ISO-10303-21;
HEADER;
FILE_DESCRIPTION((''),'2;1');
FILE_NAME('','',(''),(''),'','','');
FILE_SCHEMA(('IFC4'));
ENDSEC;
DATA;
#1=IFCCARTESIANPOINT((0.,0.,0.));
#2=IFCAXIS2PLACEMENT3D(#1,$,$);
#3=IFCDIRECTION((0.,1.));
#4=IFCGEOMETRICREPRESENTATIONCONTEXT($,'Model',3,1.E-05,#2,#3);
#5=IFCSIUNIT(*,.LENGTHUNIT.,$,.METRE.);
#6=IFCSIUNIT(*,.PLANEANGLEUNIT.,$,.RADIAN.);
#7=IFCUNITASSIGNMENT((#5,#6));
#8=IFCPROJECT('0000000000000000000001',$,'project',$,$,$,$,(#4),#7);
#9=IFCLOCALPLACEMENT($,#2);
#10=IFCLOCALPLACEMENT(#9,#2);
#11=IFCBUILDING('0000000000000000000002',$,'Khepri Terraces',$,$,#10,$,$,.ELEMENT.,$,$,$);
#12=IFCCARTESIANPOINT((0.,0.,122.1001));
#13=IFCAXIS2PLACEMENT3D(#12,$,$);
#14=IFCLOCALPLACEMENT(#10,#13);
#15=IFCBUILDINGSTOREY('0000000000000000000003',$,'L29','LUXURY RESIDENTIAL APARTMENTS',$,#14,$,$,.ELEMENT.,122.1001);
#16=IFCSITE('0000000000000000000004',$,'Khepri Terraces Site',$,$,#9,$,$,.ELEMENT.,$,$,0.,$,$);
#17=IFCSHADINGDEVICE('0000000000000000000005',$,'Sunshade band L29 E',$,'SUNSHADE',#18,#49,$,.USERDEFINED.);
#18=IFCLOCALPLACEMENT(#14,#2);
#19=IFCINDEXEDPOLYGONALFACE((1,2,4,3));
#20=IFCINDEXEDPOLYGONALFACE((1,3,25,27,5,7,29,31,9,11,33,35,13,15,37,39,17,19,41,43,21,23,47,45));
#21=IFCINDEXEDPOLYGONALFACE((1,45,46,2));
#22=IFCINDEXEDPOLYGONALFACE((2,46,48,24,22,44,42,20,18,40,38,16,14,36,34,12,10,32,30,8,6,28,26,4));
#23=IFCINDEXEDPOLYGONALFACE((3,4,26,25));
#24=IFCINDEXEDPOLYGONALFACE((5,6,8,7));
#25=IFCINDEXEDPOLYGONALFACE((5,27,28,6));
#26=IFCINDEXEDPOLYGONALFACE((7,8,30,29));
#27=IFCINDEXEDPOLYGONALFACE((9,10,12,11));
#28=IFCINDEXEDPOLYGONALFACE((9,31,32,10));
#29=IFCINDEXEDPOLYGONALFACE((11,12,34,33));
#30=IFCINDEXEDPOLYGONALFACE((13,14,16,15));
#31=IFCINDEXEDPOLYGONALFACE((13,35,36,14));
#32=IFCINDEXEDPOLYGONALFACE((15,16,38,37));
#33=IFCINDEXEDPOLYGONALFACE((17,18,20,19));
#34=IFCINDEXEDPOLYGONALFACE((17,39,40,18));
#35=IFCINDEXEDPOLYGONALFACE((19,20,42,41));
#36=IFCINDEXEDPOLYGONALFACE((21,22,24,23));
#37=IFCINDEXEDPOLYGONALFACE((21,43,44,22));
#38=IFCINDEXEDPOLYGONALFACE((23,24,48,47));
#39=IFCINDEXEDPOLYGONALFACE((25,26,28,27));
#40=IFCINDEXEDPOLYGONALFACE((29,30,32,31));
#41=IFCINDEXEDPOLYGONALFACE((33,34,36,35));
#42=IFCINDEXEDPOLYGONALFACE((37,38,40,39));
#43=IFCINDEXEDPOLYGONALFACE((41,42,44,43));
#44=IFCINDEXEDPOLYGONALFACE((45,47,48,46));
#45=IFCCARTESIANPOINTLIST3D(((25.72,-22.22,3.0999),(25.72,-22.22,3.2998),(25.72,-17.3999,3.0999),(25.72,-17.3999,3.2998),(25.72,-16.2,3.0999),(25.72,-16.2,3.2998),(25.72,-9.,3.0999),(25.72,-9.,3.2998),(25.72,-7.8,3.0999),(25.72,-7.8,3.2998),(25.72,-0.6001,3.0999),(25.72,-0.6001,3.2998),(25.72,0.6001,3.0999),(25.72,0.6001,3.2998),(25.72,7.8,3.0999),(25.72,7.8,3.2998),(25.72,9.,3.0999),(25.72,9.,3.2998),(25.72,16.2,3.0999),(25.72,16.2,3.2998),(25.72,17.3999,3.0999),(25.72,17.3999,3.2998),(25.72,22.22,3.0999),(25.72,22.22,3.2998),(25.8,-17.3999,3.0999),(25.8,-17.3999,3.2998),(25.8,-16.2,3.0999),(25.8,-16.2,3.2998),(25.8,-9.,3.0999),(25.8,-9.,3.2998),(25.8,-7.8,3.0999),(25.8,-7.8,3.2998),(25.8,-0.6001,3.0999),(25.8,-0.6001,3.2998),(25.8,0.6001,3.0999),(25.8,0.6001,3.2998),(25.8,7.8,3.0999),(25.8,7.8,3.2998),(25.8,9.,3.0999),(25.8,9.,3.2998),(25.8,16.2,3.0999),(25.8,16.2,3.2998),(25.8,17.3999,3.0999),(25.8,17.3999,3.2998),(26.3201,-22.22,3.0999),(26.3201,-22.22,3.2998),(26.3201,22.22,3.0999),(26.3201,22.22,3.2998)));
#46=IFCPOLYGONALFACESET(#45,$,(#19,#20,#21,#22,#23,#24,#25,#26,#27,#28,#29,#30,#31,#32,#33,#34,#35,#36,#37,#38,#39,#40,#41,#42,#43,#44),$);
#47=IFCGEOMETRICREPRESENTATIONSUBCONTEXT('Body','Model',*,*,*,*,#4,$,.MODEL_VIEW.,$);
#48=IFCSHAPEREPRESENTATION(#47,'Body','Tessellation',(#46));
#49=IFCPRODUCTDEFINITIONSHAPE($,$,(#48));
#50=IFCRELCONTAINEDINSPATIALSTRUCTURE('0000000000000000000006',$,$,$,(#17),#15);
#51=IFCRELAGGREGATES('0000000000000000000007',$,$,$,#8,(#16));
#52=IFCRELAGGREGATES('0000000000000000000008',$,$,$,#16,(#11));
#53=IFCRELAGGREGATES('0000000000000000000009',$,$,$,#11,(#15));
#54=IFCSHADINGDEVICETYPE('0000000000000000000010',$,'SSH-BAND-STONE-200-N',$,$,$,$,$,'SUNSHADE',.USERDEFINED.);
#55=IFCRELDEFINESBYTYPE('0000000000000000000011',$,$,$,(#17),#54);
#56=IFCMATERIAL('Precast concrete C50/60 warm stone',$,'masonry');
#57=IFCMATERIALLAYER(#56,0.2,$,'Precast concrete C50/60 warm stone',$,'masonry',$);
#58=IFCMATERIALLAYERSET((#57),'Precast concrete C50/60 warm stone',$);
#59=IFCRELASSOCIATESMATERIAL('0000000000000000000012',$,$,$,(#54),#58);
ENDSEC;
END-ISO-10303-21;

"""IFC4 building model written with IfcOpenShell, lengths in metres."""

from ifc_helpers import new_model, si_unit, direction, frame, origin, place, context, subcontext, project, spatial, polyline, outline, extrude, material, layer, layer_set, type_object, element, save


model = new_model("IFC4")

# Units and contexts
model_context = context("Model", 3, precision=1e-05, world=origin(), true_north=direction((0.0, 1.0)))
body_context = subcontext(model_context, "Body", "Model", "MODEL_VIEW")
ifc_project = project(units=[si_unit("LENGTHUNIT", "METRE"), si_unit("PLANEANGLEUNIT", "RADIAN")], contexts=[model_context])

# Site, building, storey
site_placement = place(None, origin())
site = spatial("IfcSite", under=ifc_project, at=site_placement, Name="Khepri Terraces Site", CompositionType="ELEMENT", RefElevation=0.0)
building_placement = place(site_placement, origin())
building = spatial("IfcBuilding", under=site, at=building_placement, Name="Khepri Terraces", CompositionType="ELEMENT")
storey_placement = place(building_placement, frame((0.0, 0.0, 122.1001)))
storey = spatial("IfcBuildingStorey", under=building, at=storey_placement, Name="L29", Description="LUXURY RESIDENTIAL APARTMENTS", CompositionType="ELEMENT", Elevation=122.1001)

# Shared definitions
ifc_material_1 = material(Name="Precast concrete C50/60 warm stone", Category="masonry")

# Shading device
ifc_layer_1 = layer(ifc_material_1, 0.2, Name="Precast concrete C50/60 warm stone", Category="masonry")
ifc_layer_set_1 = layer_set([ifc_layer_1], Name="Precast concrete C50/60 warm stone")
shading_device_type_1 = type_object("IfcShadingDeviceType", Name="SSH-BAND-STONE-200-N", ElementType="SUNSHADE", PredefinedType="USERDEFINED", material=ifc_layer_set_1)
shading_device_1_placement = place(storey_placement, frame((0.0, 0.0, 3.0999)))
element("IfcShadingDevice", 1, at=shading_device_1_placement, inside=storey, type_object=shading_device_type_1, Name="Sunshade band L29 E", ObjectType="SUNSHADE", PredefinedType="USERDEFINED", context=body_context, shape_type="SweptSolid", body=[
    extrude(outline(polyline([(25.72, -17.3999), (25.72, -22.22), (26.3201, -22.22), (26.3201, 22.22), (25.72, 22.22), (25.72, 17.3999), (25.8, 17.3999), (25.8, 16.2), (25.72, 16.2), (25.72, 9.0), (25.8, 9.0), (25.8, 7.8), (25.72, 7.8), (25.72, 0.6001), (25.8, 0.6001), (25.8, -0.6001), (25.72, -0.6001), (25.72, -7.8), (25.8, -7.8), (25.8, -9.0), (25.72, -9.0), (25.72, -16.2), (25.8, -16.2), (25.8, -17.3999), (25.72, -17.3999)])), origin(), (0.0, 0.0, 1.0), 0.2),
])

save(model, "model.ifc")
